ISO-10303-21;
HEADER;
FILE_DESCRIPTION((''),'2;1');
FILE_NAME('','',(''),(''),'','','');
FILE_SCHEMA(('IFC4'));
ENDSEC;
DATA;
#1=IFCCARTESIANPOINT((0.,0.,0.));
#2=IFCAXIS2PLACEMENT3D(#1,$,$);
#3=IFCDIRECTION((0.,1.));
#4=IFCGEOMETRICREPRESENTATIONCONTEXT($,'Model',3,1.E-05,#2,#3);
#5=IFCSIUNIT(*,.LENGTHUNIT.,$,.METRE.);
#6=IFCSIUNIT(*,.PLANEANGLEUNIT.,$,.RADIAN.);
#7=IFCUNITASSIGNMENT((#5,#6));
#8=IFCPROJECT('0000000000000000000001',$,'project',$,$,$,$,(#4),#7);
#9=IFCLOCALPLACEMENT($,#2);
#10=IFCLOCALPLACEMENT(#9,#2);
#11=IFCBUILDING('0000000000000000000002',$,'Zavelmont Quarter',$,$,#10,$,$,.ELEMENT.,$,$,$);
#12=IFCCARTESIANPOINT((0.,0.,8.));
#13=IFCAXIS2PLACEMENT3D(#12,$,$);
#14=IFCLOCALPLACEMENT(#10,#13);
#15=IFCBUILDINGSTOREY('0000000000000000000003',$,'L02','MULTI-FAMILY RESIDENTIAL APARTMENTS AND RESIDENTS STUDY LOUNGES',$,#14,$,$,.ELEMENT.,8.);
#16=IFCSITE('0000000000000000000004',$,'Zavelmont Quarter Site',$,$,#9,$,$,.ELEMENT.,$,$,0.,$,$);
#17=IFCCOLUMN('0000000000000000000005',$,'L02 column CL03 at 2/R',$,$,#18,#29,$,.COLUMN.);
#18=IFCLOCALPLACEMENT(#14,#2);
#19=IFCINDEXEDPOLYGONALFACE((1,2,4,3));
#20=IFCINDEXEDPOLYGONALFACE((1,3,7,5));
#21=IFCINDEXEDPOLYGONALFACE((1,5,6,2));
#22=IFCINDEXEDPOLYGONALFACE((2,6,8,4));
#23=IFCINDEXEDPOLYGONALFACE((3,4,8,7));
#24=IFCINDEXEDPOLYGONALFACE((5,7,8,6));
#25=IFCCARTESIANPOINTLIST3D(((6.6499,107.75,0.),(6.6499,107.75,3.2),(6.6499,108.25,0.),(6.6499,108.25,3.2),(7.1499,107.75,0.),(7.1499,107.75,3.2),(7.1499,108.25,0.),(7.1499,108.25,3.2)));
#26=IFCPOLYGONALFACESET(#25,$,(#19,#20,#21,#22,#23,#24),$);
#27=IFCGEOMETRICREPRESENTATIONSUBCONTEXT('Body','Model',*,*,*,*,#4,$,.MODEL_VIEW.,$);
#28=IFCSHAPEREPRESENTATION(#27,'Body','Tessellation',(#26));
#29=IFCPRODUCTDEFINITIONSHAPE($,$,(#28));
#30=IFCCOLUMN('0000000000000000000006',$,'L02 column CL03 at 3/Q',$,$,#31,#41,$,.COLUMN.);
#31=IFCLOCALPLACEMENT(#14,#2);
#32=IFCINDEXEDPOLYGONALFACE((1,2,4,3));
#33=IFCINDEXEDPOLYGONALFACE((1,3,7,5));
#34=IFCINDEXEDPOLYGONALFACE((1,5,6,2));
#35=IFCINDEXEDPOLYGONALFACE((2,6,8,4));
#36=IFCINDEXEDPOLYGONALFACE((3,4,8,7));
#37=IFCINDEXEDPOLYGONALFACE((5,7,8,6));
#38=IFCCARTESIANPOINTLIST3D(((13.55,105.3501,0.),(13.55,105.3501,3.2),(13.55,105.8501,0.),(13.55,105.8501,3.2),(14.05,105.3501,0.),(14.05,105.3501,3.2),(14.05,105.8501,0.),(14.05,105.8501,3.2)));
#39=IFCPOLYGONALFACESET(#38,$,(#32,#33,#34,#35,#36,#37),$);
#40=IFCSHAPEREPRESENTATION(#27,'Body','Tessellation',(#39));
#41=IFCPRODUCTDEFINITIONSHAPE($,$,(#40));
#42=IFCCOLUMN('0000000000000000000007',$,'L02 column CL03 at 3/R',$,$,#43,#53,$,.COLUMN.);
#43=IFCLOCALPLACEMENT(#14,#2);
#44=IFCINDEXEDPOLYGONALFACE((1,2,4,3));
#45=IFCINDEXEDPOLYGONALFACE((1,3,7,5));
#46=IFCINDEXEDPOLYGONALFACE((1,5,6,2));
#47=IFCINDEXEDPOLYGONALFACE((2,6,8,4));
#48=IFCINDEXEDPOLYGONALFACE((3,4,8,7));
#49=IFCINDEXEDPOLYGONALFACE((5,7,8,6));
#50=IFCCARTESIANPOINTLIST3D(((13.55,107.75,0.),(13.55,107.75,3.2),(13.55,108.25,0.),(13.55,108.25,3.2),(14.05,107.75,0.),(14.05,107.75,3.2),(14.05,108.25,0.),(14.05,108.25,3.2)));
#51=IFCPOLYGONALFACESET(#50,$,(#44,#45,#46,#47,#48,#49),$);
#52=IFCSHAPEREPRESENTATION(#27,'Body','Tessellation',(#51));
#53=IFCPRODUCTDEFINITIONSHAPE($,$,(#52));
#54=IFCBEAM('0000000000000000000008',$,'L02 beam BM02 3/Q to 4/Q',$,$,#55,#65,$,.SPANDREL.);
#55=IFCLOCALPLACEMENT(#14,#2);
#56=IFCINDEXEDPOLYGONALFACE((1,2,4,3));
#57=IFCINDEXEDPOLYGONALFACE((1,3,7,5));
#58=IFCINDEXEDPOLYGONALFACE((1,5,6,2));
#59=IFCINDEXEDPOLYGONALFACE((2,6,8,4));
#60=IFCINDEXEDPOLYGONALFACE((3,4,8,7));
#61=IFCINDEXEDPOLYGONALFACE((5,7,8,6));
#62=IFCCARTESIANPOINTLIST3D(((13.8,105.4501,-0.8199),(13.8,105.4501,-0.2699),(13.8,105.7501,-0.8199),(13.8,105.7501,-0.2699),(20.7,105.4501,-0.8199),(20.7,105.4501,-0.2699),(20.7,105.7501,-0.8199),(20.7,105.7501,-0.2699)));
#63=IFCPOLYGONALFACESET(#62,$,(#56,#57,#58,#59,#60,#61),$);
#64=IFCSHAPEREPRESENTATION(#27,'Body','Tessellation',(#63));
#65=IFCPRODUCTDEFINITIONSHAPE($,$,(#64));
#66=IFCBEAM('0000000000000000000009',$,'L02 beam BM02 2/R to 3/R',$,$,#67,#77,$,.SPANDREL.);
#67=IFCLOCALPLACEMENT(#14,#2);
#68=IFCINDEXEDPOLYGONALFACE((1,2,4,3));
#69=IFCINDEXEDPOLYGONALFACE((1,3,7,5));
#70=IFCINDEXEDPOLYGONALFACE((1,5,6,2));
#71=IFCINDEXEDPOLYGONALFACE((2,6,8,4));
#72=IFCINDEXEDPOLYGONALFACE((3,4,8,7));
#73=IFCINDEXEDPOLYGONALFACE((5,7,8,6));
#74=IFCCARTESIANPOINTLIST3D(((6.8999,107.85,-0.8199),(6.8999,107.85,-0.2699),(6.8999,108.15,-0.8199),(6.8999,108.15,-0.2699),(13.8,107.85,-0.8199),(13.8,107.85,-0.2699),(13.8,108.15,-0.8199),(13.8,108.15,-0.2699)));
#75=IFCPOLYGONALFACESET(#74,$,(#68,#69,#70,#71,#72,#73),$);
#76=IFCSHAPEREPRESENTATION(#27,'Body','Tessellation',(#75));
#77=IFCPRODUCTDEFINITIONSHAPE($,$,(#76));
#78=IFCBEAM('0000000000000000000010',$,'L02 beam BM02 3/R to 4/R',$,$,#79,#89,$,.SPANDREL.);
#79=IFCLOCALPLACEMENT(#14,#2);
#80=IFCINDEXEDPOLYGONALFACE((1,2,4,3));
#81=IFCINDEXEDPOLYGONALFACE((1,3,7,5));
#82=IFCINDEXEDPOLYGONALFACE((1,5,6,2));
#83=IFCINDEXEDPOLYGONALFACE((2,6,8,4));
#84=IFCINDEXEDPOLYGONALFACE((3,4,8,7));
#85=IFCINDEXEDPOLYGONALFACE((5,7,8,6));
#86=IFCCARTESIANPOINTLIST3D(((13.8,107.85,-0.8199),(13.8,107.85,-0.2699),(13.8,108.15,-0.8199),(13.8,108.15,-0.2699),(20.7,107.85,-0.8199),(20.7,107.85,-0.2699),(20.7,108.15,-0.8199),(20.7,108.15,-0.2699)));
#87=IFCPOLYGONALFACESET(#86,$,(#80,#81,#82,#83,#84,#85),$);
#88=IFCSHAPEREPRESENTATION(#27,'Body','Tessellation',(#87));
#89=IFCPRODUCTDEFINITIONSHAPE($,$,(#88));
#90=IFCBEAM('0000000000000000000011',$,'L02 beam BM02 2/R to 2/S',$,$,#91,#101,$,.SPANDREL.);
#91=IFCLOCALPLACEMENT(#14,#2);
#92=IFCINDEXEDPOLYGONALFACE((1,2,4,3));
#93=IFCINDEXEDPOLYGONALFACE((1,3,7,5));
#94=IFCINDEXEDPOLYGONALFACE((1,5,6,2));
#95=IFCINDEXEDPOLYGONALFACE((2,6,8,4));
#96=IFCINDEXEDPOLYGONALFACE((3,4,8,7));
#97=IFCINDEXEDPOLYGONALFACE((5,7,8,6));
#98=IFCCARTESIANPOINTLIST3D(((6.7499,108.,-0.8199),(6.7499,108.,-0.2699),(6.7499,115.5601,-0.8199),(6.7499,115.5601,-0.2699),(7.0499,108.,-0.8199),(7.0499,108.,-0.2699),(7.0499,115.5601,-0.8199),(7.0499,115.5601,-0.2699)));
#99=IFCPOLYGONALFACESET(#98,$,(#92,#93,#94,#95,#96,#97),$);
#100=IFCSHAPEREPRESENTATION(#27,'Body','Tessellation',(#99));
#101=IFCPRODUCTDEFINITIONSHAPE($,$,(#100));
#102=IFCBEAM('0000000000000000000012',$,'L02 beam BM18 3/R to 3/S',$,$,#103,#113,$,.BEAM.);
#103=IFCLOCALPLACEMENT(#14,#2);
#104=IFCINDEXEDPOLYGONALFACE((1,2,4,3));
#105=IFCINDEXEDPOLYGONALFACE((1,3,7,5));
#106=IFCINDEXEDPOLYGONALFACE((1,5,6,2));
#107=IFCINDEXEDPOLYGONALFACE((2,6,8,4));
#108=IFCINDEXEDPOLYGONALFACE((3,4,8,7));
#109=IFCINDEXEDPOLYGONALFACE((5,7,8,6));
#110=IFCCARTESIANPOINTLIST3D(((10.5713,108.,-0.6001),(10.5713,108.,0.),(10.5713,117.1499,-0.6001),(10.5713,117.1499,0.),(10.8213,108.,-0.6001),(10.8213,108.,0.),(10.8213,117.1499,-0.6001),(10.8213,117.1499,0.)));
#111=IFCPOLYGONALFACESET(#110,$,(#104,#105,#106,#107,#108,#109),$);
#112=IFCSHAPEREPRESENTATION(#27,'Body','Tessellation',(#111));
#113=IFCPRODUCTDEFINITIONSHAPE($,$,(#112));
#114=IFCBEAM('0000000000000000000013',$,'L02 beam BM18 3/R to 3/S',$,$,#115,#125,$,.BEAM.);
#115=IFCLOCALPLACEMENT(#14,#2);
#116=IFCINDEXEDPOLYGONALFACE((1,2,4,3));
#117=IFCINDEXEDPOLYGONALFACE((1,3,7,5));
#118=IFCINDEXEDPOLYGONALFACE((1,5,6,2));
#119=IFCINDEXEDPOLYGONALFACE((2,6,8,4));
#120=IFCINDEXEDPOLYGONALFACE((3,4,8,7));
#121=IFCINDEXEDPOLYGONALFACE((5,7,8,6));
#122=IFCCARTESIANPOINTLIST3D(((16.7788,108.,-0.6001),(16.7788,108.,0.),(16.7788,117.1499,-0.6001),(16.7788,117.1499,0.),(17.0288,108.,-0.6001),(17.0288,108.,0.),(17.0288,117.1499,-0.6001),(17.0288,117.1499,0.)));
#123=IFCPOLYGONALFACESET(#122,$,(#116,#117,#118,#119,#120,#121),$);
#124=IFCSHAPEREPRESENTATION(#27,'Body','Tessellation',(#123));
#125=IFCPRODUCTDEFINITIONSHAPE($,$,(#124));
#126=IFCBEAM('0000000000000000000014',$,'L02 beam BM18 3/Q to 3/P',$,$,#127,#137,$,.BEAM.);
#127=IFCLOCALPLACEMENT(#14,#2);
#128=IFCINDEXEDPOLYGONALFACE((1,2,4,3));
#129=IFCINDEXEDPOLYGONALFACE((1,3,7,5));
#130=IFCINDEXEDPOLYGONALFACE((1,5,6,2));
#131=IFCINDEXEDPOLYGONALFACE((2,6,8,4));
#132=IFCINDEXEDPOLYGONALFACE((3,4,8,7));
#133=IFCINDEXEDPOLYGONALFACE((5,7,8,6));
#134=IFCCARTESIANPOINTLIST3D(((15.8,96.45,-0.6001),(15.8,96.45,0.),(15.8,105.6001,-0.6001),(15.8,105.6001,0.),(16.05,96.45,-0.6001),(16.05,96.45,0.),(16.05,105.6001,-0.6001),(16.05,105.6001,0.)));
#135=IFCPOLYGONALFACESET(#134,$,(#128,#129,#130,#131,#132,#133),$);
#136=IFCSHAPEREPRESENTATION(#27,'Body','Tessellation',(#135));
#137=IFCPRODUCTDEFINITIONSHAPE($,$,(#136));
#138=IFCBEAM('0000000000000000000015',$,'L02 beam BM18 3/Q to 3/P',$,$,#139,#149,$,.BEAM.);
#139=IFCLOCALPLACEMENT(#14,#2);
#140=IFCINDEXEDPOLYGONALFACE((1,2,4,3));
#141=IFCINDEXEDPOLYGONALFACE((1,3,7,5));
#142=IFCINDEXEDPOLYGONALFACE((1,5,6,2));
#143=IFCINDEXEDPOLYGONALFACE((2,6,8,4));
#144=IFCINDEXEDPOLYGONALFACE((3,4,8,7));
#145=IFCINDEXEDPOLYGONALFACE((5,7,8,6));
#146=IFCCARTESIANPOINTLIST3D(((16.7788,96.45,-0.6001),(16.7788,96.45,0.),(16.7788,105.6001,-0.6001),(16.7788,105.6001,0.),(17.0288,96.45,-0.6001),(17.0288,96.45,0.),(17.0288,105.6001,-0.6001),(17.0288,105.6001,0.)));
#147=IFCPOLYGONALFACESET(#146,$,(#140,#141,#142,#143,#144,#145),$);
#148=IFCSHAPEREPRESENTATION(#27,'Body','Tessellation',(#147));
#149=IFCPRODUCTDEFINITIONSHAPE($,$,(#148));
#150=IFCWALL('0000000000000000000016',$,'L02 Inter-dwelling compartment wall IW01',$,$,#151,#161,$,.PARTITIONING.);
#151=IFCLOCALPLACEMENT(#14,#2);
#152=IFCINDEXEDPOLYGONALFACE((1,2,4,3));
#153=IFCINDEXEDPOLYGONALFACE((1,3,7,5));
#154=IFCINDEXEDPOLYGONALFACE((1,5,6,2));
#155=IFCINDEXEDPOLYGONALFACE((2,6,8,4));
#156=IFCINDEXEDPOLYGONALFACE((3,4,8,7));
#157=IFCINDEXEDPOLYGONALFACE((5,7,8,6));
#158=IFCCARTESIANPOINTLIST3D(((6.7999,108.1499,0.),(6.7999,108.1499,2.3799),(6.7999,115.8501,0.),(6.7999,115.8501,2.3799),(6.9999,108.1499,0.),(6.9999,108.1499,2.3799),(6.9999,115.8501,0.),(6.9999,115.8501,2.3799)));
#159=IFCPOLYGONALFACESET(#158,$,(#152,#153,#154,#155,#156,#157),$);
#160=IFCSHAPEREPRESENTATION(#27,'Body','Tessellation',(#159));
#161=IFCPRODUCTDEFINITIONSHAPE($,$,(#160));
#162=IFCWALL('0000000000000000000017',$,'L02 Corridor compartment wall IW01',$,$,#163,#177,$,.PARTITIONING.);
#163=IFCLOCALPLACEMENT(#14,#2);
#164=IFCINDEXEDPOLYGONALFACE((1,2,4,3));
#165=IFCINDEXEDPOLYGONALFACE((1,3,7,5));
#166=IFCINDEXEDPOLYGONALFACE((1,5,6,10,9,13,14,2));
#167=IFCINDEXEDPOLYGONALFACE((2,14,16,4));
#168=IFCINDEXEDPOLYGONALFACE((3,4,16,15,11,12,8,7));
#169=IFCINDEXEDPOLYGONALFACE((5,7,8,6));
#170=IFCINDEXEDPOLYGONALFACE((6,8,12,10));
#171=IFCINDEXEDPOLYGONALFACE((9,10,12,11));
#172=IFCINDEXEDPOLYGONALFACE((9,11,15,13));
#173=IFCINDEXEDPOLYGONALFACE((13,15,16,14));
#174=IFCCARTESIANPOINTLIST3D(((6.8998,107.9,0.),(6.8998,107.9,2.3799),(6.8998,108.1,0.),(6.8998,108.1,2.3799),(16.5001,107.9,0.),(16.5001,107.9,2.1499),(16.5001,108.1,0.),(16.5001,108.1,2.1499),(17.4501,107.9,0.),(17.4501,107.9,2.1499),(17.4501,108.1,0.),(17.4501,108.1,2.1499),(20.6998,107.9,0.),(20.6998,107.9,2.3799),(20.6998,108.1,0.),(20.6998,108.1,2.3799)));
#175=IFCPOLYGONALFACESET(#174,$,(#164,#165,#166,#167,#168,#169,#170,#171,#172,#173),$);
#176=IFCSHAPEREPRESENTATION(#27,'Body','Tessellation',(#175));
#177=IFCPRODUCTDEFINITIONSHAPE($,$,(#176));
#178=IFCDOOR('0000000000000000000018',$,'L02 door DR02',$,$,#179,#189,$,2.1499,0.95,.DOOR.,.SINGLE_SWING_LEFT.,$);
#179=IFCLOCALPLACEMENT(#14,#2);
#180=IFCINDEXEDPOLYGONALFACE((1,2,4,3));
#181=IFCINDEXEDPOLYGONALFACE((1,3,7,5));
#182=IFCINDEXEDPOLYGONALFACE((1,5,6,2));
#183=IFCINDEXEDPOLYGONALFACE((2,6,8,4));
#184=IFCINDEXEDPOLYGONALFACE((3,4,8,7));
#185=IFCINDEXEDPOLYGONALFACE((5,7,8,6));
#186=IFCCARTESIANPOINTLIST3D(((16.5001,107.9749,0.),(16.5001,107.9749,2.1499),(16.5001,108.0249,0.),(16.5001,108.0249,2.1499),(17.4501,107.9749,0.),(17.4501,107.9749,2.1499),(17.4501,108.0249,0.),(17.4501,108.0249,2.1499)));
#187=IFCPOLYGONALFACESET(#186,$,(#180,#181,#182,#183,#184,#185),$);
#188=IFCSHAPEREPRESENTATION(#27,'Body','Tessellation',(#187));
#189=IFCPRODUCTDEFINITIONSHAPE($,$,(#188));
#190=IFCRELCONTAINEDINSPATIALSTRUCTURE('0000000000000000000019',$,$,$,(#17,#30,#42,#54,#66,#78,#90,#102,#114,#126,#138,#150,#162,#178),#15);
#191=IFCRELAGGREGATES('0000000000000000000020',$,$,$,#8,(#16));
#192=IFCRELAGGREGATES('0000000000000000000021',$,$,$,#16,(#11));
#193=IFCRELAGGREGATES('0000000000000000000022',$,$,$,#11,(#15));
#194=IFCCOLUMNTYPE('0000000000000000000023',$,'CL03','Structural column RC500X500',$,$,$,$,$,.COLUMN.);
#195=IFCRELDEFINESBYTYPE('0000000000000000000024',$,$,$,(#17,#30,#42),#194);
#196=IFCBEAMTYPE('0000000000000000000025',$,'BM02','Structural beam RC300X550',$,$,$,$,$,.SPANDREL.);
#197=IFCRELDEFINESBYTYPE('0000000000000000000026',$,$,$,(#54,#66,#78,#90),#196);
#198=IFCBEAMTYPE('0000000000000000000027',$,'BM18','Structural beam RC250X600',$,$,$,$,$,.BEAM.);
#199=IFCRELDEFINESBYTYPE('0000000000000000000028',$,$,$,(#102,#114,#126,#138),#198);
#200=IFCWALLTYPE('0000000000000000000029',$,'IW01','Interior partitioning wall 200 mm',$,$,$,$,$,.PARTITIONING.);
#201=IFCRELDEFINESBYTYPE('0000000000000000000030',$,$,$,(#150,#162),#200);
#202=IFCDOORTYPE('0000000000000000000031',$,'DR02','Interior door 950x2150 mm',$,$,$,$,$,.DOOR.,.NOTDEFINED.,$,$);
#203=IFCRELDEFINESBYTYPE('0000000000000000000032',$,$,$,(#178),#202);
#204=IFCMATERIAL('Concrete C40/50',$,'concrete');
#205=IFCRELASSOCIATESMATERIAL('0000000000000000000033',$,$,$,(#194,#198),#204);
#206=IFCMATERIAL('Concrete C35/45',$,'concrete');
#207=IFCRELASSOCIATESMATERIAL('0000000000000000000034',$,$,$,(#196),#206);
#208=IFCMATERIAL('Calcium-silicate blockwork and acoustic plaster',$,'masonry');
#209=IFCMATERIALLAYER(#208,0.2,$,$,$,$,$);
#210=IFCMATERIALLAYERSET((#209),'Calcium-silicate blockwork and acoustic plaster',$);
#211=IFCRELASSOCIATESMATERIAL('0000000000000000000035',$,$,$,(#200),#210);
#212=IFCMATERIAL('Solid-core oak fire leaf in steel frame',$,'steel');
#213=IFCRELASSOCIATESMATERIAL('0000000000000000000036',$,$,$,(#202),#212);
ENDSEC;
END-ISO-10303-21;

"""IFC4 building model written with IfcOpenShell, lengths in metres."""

from ifc_helpers import new_model, si_unit, direction, frame, frame_2d, origin, origin_with_axes, origin_2d, place, context, subcontext, project, spatial, rectangle, extrude, material, layer, layer_set, material_profile, profile_set, type_object, element, fill, save


model = new_model("IFC4")

# Units and contexts
model_context = context("Model", 3, precision=1e-05, world=origin(), true_north=direction((0.0, 1.0)))
body_context = subcontext(model_context, "Body", "Model", "MODEL_VIEW")
ifc_project = project(units=[si_unit("LENGTHUNIT", "METRE"), si_unit("PLANEANGLEUNIT", "RADIAN")], contexts=[model_context])

# Site, building, storey
site_placement = place(None, origin())
site = spatial("IfcSite", under=ifc_project, at=site_placement, Name="Zavelmont Quarter Site", CompositionType="ELEMENT", RefElevation=0.0)
building_placement = place(site_placement, origin())
building = spatial("IfcBuilding", under=site, at=building_placement, Name="Zavelmont Quarter", CompositionType="ELEMENT")
storey_placement = place(building_placement, frame((0.0, 0.0, 8.0)))
storey = spatial("IfcBuildingStorey", under=building, at=storey_placement, Name="L02", Description="MULTI-FAMILY RESIDENTIAL APARTMENTS AND RESIDENTS STUDY LOUNGES", CompositionType="ELEMENT", Elevation=8.0)

# Columns
ifc_material_1 = material(Name="Concrete C40/50", Category="concrete")
ifc_material_profile_1 = material_profile(ifc_material_1, rectangle(XDim=0.5, YDim=0.5, at=origin_2d()), Name="RC500X500")
ifc_profile_set_1 = profile_set([ifc_material_profile_1], Name="Concrete C40/50")
column_type = type_object("IfcColumnType", Name="CL03", Description="Structural column RC500X500", PredefinedType="COLUMN", material=ifc_profile_set_1)
for number, where, z_axis, x_axis, name in (
    (1, (6.8999, 108.0, 0.0), (0.0, 0.0, 1.0), (1.0, 0.0, 0.0), "L02 column CL03 at 2/R"),
    (2, (13.8, 105.6001, 0.0), (0.0, 0.0, 1.0), (1.0, 0.0, 0.0), "L02 column CL03 at 3/Q"),
    (3, (13.8, 108.0, 0.0), (0.0, 0.0, 1.0), (1.0, 0.0, 0.0), "L02 column CL03 at 3/R"),
):
    element("IfcColumn", number, at=place(storey_placement, frame(where, z_axis=z_axis, x_axis=x_axis)), inside=storey, type_object=column_type, Name=name, PredefinedType="COLUMN", context=body_context, shape_type="SweptSolid", body=[
        extrude(rectangle(XDim=0.5, YDim=0.5, at=origin_2d()), origin(), (0.0, 0.0, 1.0), 3.2),
    ])

# Beams
ifc_material_2 = material(Name="Concrete C35/45", Category="concrete")
ifc_material_profile_2 = material_profile(ifc_material_2, rectangle(XDim=0.3, YDim=0.55, at=origin_2d()), Name="RC300X550")
ifc_profile_set_2 = profile_set([ifc_material_profile_2], Name="Concrete C35/45")
beam_type_1 = type_object("IfcBeamType", Name="BM02", Description="Structural beam RC300X550", PredefinedType="SPANDREL", material=ifc_profile_set_2)
beam_1_placement = place(storey_placement, frame((13.8, 105.6001, -0.5449), z_axis=(1.0, 0.0, 0.0), x_axis=(0.0, 1.0, 0.0)))
element("IfcBeam", 4, at=beam_1_placement, inside=storey, type_object=beam_type_1, Name="L02 beam BM02 3/Q to 4/Q", PredefinedType="SPANDREL", context=body_context, shape_type="SweptSolid", body=[
    extrude(rectangle(XDim=0.3, YDim=0.55, at=origin_2d()), origin(), (0.0, 0.0, 1.0), 6.8999),
])
beam_2_placement = place(storey_placement, frame((6.8999, 108.0, -0.5449), z_axis=(1.0, 0.0, 0.0), x_axis=(0.0, 1.0, 0.0)))
element("IfcBeam", 5, at=beam_2_placement, inside=storey, type_object=beam_type_1, Name="L02 beam BM02 2/R to 3/R", PredefinedType="SPANDREL", context=body_context, shape_type="SweptSolid", body=[
    extrude(rectangle(XDim=0.3, YDim=0.55, at=origin_2d()), origin(), (0.0, 0.0, 1.0), 6.9001),
])
beam_3_placement = place(storey_placement, frame((13.8, 108.0, -0.5449), z_axis=(1.0, 0.0, 0.0), x_axis=(0.0, 1.0, 0.0)))
element("IfcBeam", 6, at=beam_3_placement, inside=storey, type_object=beam_type_1, Name="L02 beam BM02 3/R to 4/R", PredefinedType="SPANDREL", context=body_context, shape_type="SweptSolid", body=[
    extrude(rectangle(XDim=0.3, YDim=0.55, at=origin_2d()), origin(), (0.0, 0.0, 1.0), 6.8999),
])
beam_4_placement = place(storey_placement, frame((6.8999, 108.0, -0.5449), z_axis=(0.0, 1.0, 0.0), x_axis=(-1.0, 0.0, 0.0)))
element("IfcBeam", 7, at=beam_4_placement, inside=storey, type_object=beam_type_1, Name="L02 beam BM02 2/R to 2/S", PredefinedType="SPANDREL", context=body_context, shape_type="SweptSolid", body=[
    extrude(rectangle(XDim=0.3, YDim=0.55, at=origin_2d()), origin(), (0.0, 0.0, 1.0), 7.5601),
])
ifc_material_profile_3 = material_profile(ifc_material_1, rectangle(XDim=0.25, YDim=0.6001, at=origin_2d()), Name="RC250X600")
ifc_profile_set_3 = profile_set([ifc_material_profile_3], Name="Concrete C40/50")
beam_type_2 = type_object("IfcBeamType", Name="BM18", Description="Structural beam RC250X600", PredefinedType="BEAM", material=ifc_profile_set_3)
for number, where, z_axis, x_axis, name in (
    (8, (10.6963, 108.0, -0.3), (0.0, 1.0, 0.0), (-1.0, 0.0, 0.0), "L02 beam BM18 3/R to 3/S"),
    (9, (16.9038, 108.0, -0.3), (0.0, 1.0, 0.0), (-1.0, 0.0, 0.0), "L02 beam BM18 3/R to 3/S"),
):
    element("IfcBeam", number, at=place(storey_placement, frame(where, z_axis=z_axis, x_axis=x_axis)), inside=storey, type_object=beam_type_2, Name=name, PredefinedType="BEAM", context=body_context, shape_type="SweptSolid", body=[
        extrude(rectangle(XDim=0.25, YDim=0.6001, at=origin_2d()), origin(), (0.0, 0.0, 1.0), 9.1499),
    ])
for number, where, z_axis, x_axis, name in (
    (10, (15.925, 105.6001, -0.3), (0.0, -1.0, 0.0), (1.0, 0.0, 0.0), "L02 beam BM18 3/Q to 3/P"),
    (11, (16.9038, 105.6001, -0.3), (0.0, -1.0, 0.0), (1.0, 0.0, 0.0), "L02 beam BM18 3/Q to 3/P"),
):
    element("IfcBeam", number, at=place(storey_placement, frame(where, z_axis=z_axis, x_axis=x_axis)), inside=storey, type_object=beam_type_2, Name=name, PredefinedType="BEAM", context=body_context, shape_type="SweptSolid", body=[
        extrude(rectangle(XDim=0.25, YDim=0.6001, at=origin_2d()), origin(), (0.0, 0.0, 1.0), 9.1501),
    ])

# Wall
ifc_material_3 = material(Name="Calcium-silicate blockwork and acoustic plaster", Category="masonry")
ifc_layer_1 = layer(ifc_material_3, 0.2)
ifc_layer_set_1 = layer_set([ifc_layer_1], Name="Calcium-silicate blockwork and acoustic plaster")
wall_type_1 = type_object("IfcWallType", Name="IW01", Description="Interior partitioning wall 200 mm", PredefinedType="PARTITIONING", material=ifc_layer_set_1)
wall_1_placement = place(storey_placement, frame((6.8999, 108.1499, 0.0), z_axis=(0.0, 0.0, 1.0), x_axis=(0.0, 1.0, 0.0)))
element("IfcWall", 12, at=wall_1_placement, inside=storey, type_object=wall_type_1, Name="L02 Inter-dwelling compartment wall IW01", PredefinedType="PARTITIONING", context=body_context, shape_type="SweptSolid", body=[
    extrude(rectangle(XDim=7.7002, YDim=0.2, at=frame_2d((3.8501, 0.0))), origin(), (0.0, 0.0, 1.0), 2.3799),
])

# Wall, opening, door
wall_2_placement = place(storey_placement, frame((6.8999, 108.0, 0.0), z_axis=(0.0, 0.0, 1.0), x_axis=(1.0, 0.0, 0.0)))
wall_2 = element("IfcWall", 13, at=wall_2_placement, inside=storey, type_object=wall_type_1, Name="L02 Corridor compartment wall IW01", PredefinedType="PARTITIONING", context=body_context, shape_type="SweptSolid", body=[
    extrude(rectangle(XDim=13.8, YDim=0.2, at=frame_2d((6.8999, 0.0))), origin(), (0.0, 0.0, 1.0), 2.3799),
])
opening_1_placement = place(wall_2_placement, frame((9.6001, 0.0, 0.0)))
opening_1 = element("IfcOpeningElement", 14, at=opening_1_placement, cuts=wall_2, PredefinedType="OPENING", context=body_context, shape_type="SweptSolid", body=[
    extrude(rectangle(XDim=0.95, YDim=2.1499, at=frame_2d((0.4751, 1.075))), frame((0.0, 0.1118, 0.0), z_axis=(0.0, -1.0, 0.0), x_axis=(1.0, 0.0, 0.0)), (0.0, 0.0, 1.0), 0.2239),
])
ifc_material_4 = material(Name="Solid-core oak fire leaf in steel frame", Category="steel")
door_type_1 = type_object("IfcDoorType", Name="DR02", Description="Interior door 950x2150 mm", OperationType="NOTDEFINED", PredefinedType="DOOR", material=ifc_material_4)
door_1_placement = place(opening_1_placement, origin_with_axes())
door_1 = element("IfcDoor", 15, at=door_1_placement, inside=storey, type_object=door_type_1, Name="L02 door DR02", OperationType="SINGLE_SWING_LEFT", OverallHeight=2.1499, OverallWidth=0.95, PredefinedType="DOOR", context=body_context, shape_type="SweptSolid", body=[
    extrude(rectangle(XDim=0.95, YDim=2.1499, at=frame_2d((0.4751, 1.075))), frame((0.0, 0.0249, 0.0), z_axis=(0.0, -1.0, 0.0), x_axis=(1.0, 0.0, 0.0)), (0.0, 0.0, 1.0), 0.05),
])
fill(opening_1, door_1)

save(model, "model.ifc")
